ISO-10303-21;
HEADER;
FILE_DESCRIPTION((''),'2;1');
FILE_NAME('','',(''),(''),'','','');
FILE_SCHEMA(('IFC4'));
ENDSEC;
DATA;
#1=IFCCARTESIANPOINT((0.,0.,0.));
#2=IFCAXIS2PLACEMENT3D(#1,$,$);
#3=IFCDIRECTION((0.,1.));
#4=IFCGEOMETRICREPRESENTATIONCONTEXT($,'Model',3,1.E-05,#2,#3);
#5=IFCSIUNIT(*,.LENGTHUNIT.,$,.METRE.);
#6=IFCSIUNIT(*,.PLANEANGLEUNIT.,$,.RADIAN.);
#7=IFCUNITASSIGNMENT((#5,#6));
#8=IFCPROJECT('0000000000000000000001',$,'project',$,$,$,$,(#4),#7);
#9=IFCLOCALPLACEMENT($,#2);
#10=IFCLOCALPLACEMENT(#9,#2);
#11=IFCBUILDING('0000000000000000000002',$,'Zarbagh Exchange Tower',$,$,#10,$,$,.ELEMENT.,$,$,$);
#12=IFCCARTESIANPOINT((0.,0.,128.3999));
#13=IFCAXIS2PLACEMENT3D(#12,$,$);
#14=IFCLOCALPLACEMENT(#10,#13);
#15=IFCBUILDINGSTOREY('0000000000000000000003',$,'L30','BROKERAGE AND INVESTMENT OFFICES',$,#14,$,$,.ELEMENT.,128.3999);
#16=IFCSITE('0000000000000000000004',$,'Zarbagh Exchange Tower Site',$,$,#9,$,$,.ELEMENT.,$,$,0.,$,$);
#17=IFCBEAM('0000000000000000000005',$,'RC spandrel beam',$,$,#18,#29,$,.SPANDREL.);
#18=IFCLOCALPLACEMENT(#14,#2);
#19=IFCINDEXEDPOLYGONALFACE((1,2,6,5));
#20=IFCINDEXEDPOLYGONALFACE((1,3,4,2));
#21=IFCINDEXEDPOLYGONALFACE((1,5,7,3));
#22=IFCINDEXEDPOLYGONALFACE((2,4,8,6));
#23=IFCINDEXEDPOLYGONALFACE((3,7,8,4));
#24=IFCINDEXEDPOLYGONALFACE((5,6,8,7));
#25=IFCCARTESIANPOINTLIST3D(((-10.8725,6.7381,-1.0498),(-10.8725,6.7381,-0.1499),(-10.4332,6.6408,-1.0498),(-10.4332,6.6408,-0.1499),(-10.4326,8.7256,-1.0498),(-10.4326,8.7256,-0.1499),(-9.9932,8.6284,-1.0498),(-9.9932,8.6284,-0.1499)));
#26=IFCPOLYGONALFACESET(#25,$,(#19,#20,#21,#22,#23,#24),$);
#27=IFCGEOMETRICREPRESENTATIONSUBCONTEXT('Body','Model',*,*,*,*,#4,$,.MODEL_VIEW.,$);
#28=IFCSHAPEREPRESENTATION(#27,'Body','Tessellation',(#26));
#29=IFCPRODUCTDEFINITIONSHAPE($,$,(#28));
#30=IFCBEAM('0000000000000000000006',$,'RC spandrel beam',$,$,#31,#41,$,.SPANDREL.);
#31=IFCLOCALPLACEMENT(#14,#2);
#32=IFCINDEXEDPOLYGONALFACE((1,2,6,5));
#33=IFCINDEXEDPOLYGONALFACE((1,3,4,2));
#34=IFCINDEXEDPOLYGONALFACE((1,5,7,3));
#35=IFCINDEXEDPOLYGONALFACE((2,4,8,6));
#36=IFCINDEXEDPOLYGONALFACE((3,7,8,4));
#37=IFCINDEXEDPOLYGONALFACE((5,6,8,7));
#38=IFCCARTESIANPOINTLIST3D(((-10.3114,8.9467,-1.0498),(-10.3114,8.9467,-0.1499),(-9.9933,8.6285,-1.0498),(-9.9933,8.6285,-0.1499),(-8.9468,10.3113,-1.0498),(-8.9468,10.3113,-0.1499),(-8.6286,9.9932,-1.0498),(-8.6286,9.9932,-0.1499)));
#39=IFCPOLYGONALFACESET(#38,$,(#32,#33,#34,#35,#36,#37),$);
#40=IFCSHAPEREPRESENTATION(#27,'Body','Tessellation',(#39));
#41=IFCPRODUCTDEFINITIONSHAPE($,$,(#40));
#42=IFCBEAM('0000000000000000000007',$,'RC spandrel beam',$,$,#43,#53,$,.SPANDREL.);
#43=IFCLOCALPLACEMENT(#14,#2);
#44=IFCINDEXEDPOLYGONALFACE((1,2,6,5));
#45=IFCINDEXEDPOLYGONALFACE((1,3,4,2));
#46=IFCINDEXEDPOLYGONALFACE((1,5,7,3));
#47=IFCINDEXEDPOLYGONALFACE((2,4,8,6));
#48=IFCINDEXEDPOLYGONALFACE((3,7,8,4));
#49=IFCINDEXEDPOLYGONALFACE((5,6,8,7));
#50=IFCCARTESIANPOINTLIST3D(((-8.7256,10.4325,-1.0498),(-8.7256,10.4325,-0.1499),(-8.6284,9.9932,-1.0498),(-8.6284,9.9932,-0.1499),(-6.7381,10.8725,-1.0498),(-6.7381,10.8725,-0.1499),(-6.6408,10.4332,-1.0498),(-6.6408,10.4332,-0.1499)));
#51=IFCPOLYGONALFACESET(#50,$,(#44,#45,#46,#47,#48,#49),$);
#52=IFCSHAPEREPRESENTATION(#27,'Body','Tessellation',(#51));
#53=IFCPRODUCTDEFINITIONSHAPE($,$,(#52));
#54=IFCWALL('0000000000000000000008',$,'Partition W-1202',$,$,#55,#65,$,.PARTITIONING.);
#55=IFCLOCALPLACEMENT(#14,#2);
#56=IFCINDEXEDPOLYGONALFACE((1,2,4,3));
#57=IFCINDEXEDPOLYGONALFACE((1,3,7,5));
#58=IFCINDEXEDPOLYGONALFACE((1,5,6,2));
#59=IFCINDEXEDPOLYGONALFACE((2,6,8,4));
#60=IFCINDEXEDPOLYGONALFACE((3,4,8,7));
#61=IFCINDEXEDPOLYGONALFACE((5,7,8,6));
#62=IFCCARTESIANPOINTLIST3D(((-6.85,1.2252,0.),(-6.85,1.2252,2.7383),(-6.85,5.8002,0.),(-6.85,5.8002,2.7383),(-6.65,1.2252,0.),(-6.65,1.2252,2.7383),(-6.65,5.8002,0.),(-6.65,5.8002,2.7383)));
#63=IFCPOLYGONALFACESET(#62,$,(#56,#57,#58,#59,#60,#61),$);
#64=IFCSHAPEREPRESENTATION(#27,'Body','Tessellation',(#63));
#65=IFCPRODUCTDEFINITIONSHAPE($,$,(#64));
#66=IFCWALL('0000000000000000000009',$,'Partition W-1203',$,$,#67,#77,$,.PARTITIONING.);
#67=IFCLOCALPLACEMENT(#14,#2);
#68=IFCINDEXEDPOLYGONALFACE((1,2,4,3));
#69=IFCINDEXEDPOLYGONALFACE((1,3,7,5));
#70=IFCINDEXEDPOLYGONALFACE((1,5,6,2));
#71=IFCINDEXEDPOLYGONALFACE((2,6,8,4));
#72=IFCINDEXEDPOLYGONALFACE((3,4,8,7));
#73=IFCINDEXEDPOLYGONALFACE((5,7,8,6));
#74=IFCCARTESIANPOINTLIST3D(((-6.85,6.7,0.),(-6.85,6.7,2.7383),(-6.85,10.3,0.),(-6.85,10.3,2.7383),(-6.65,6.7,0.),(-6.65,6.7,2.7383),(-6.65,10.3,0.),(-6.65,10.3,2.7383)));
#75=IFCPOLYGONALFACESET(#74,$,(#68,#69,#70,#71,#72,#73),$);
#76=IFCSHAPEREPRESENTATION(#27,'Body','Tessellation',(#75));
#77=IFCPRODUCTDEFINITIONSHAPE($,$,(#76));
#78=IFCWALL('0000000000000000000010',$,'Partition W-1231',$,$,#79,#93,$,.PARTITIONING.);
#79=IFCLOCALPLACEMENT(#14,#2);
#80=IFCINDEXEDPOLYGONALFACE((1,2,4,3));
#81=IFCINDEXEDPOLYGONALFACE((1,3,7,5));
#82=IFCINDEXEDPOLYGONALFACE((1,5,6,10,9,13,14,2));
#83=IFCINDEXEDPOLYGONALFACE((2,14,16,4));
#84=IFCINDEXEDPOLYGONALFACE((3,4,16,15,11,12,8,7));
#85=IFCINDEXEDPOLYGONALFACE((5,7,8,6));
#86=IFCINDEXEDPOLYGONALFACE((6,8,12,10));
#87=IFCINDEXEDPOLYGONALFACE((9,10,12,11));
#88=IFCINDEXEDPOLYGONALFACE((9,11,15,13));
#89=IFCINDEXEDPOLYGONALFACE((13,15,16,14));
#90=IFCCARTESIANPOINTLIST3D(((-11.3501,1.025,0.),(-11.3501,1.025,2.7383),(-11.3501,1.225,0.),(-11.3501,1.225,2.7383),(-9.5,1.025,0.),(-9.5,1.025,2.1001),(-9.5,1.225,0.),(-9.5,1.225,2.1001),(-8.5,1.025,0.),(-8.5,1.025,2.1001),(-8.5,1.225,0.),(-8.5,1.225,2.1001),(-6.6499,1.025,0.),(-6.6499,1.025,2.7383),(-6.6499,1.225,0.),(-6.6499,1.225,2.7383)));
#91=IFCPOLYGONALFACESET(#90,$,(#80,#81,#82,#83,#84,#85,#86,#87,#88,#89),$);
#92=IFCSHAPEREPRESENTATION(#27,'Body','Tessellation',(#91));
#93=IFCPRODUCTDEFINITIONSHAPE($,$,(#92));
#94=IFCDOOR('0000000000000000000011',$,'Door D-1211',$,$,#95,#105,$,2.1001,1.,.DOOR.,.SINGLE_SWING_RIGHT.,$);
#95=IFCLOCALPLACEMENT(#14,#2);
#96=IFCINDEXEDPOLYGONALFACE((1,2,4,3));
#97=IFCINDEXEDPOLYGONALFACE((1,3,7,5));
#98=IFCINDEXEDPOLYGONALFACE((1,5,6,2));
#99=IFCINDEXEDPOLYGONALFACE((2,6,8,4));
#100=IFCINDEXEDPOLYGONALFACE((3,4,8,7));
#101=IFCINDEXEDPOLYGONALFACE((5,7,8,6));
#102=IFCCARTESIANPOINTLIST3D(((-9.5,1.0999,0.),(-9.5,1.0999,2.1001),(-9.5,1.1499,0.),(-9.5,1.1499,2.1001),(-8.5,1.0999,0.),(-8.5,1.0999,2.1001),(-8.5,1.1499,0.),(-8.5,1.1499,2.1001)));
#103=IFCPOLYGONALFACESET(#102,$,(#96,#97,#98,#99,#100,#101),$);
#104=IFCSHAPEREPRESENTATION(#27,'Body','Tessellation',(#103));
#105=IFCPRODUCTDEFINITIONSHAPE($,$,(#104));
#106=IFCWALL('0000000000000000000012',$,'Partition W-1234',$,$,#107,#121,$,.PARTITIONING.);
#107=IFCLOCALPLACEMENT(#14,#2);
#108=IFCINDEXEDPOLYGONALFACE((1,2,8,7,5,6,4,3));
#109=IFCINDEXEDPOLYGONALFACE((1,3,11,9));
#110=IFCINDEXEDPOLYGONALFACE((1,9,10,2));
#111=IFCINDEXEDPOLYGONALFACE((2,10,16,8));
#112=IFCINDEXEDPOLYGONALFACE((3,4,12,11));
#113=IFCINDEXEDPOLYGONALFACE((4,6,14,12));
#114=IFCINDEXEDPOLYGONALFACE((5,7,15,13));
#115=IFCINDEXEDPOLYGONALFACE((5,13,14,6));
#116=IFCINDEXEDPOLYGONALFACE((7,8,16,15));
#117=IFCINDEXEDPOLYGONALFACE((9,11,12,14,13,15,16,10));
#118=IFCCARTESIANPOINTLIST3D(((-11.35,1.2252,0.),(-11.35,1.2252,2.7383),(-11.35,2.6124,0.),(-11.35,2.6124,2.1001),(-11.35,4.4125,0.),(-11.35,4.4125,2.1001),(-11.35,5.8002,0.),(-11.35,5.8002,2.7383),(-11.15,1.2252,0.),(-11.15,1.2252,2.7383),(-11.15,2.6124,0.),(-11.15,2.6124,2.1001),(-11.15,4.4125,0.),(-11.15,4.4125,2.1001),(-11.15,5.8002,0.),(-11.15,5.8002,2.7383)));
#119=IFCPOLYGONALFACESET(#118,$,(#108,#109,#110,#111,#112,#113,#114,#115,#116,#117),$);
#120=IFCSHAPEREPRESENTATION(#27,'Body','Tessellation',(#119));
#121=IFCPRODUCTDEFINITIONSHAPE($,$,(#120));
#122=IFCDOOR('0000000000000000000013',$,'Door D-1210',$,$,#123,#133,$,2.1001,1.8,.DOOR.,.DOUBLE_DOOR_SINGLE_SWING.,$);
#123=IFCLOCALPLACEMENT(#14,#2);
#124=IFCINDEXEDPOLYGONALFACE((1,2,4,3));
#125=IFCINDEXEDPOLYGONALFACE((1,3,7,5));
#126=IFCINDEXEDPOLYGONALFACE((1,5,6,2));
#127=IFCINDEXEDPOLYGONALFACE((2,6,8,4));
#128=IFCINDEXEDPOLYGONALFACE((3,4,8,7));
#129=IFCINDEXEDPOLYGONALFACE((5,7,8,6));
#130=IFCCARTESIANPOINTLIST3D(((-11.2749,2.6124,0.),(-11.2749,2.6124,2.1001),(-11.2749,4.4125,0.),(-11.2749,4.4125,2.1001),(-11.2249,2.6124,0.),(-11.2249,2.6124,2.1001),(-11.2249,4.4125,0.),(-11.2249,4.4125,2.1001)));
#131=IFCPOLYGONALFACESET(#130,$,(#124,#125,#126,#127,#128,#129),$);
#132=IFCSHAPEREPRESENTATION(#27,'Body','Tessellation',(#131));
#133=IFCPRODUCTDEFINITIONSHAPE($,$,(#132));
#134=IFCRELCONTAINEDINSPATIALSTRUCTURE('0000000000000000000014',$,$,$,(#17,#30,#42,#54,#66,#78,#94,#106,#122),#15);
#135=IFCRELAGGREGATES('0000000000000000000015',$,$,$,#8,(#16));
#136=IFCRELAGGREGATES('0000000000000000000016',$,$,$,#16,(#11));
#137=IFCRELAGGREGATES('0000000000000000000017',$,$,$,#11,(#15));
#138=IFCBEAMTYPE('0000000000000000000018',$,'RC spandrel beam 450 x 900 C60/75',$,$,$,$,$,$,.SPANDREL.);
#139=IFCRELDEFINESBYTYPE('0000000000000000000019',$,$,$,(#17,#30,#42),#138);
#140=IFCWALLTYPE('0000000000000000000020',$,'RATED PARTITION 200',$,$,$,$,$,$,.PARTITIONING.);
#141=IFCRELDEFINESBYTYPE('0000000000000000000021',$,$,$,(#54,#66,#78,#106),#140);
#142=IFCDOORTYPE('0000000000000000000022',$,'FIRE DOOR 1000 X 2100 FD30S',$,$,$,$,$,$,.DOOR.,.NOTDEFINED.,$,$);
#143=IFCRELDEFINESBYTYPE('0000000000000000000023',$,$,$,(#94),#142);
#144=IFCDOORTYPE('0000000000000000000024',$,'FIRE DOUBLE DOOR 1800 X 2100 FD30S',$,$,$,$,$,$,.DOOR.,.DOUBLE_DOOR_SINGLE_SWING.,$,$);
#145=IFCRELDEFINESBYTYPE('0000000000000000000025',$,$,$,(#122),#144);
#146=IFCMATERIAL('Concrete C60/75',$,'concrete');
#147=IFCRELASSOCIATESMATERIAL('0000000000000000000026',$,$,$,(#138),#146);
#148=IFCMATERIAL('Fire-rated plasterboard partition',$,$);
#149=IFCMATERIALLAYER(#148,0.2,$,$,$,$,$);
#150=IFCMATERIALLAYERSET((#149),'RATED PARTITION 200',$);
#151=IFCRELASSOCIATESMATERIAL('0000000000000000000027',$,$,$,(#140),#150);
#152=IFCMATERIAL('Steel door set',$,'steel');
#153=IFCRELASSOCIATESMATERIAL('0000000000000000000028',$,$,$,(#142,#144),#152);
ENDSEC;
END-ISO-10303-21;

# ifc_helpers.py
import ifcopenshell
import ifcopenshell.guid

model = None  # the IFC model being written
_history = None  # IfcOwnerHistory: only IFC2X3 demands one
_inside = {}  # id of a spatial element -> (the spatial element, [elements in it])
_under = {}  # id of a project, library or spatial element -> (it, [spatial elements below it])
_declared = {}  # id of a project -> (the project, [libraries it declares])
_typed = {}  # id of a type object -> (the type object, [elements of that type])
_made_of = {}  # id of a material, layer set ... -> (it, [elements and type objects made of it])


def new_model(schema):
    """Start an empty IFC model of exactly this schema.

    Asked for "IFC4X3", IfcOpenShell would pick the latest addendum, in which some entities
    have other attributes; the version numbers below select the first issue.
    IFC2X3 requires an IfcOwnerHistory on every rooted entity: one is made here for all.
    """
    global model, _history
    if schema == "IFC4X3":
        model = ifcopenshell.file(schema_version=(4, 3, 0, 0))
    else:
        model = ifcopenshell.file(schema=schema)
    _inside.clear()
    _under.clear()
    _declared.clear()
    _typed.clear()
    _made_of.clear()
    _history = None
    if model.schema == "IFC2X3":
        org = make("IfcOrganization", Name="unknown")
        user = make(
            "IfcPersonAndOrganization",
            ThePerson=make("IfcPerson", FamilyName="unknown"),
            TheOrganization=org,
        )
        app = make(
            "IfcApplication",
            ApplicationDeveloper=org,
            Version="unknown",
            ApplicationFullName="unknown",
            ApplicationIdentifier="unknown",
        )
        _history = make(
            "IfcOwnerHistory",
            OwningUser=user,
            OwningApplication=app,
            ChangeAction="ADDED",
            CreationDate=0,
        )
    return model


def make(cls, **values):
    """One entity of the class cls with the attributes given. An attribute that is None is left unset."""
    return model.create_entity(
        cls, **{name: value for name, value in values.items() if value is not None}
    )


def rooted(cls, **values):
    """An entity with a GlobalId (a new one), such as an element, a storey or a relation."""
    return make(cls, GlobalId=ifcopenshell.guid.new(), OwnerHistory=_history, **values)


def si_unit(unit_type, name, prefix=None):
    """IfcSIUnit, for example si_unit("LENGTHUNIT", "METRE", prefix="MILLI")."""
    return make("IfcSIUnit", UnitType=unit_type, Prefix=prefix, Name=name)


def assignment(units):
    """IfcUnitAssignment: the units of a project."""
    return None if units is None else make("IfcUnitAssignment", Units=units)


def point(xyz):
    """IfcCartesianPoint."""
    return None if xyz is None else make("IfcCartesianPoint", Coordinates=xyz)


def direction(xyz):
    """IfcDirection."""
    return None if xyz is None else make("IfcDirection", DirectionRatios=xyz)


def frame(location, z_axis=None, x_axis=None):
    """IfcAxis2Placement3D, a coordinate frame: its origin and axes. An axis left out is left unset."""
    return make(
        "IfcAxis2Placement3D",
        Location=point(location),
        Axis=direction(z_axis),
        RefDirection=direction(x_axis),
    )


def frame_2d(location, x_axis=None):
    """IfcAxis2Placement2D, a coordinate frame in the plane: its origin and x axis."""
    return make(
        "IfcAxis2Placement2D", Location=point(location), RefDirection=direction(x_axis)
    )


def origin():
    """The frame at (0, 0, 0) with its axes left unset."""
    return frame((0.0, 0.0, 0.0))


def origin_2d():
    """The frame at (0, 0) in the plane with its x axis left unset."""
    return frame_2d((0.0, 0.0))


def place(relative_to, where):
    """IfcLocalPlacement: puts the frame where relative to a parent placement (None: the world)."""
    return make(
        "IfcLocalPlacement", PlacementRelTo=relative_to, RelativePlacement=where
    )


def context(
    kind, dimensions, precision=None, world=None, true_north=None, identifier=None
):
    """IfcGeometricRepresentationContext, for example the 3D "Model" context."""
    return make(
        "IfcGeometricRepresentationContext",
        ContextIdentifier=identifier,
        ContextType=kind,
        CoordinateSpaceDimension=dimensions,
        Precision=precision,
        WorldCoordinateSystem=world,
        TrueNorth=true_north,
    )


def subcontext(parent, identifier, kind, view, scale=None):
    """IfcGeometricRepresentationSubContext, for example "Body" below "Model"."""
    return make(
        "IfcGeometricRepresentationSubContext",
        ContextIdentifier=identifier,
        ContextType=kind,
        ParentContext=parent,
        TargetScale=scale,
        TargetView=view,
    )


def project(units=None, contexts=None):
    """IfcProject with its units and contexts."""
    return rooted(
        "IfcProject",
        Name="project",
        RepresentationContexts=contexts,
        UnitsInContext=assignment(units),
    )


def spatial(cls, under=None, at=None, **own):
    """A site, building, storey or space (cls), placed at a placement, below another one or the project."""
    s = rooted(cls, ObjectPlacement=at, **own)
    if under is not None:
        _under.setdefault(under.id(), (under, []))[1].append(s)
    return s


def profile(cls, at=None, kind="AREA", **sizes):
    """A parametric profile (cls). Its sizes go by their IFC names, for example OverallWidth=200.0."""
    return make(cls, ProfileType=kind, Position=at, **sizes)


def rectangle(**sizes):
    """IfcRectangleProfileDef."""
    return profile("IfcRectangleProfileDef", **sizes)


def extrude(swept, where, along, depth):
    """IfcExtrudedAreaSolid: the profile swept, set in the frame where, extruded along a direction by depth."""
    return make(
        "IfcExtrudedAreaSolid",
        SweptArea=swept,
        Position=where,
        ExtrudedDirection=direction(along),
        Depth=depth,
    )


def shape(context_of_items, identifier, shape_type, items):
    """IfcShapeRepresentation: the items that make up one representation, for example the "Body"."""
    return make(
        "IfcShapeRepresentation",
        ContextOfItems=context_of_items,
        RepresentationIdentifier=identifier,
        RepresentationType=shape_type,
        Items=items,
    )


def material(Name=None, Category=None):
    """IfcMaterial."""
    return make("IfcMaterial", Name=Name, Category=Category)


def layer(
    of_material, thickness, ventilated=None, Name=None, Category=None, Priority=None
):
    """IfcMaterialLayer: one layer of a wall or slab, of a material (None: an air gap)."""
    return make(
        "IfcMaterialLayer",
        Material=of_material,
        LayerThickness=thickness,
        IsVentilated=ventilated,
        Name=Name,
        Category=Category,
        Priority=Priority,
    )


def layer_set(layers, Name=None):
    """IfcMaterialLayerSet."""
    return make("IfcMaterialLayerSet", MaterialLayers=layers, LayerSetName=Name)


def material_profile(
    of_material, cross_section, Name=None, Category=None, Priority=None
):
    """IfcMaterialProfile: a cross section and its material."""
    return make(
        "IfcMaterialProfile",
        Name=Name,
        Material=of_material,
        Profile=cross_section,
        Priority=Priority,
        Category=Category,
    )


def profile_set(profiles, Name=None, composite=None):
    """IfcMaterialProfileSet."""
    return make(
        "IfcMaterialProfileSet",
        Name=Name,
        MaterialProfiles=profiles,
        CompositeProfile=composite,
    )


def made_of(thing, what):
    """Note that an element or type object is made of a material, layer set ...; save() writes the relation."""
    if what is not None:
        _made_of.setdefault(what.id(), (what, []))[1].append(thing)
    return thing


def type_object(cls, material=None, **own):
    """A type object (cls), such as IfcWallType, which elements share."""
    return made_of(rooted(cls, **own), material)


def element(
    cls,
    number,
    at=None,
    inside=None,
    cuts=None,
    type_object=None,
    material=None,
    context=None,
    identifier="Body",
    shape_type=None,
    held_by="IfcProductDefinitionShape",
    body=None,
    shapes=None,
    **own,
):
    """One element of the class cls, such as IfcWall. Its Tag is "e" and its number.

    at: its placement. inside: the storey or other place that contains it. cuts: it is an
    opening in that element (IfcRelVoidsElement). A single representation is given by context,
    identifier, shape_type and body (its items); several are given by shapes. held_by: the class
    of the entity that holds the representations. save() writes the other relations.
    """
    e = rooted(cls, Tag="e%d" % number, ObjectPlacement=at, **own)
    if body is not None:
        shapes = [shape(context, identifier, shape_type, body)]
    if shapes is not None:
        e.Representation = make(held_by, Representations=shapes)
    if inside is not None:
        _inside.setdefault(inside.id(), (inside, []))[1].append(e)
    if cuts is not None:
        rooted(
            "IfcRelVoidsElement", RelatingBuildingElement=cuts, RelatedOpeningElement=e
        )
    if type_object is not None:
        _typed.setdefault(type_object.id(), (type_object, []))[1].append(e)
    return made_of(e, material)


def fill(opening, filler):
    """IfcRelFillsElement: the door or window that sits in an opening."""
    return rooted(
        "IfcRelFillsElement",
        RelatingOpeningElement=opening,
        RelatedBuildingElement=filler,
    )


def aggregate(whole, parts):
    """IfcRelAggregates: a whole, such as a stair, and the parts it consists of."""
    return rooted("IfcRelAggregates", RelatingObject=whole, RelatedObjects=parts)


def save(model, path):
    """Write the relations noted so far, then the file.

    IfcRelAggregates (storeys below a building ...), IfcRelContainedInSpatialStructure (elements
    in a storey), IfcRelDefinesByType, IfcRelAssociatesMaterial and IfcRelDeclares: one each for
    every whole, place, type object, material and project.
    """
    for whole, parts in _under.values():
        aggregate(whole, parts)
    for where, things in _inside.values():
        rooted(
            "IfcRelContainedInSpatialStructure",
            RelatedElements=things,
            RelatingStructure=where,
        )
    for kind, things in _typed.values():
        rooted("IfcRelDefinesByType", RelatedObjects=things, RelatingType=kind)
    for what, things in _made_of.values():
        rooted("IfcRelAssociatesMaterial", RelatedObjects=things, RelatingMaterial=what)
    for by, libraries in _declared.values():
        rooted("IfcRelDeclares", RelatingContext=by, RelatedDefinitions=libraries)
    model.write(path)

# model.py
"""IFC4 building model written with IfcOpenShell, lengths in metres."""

from ifc_helpers import new_model, si_unit, direction, frame, frame_2d, origin, origin_2d, place, context, subcontext, project, spatial, rectangle, extrude, material, layer, layer_set, material_profile, profile_set, type_object, element, fill, save


model = new_model("IFC4")

# Units and contexts
model_context = context("Model", 3, precision=1e-05, world=origin(), true_north=direction((0.0, 1.0)))
body_context = subcontext(model_context, "Body", "Model", "MODEL_VIEW")
ifc_project = project(units=[si_unit("LENGTHUNIT", "METRE"), si_unit("PLANEANGLEUNIT", "RADIAN")], contexts=[model_context])

# Site, building, storey
site_placement = place(None, origin())
site = spatial("IfcSite", under=ifc_project, at=site_placement, Name="Zarbagh Exchange Tower Site", CompositionType="ELEMENT", RefElevation=0.0)
building_placement = place(site_placement, origin())
building = spatial("IfcBuilding", under=site, at=building_placement, Name="Zarbagh Exchange Tower", CompositionType="ELEMENT")
storey_placement = place(building_placement, frame((0.0, 0.0, 128.3999)))
storey = spatial("IfcBuildingStorey", under=building, at=storey_placement, Name="L30", Description="BROKERAGE AND INVESTMENT OFFICES", CompositionType="ELEMENT", Elevation=128.3999)

# Shared definitions
ifc_material_1 = material(Name="Concrete C60/75", Category="concrete")

# Beams
ifc_material_profile_1 = material_profile(ifc_material_1, rectangle(XDim=0.45, YDim=0.8999, at=origin_2d()), Name="RC spandrel beam 450 x 900 C60/75")
ifc_profile_set_1 = profile_set([ifc_material_profile_1], Name="Concrete C60/75")
beam_type_1 = type_object("IfcBeamType", Name="RC spandrel beam 450 x 900 C60/75", PredefinedType="SPANDREL", material=ifc_profile_set_1)
beam_1_placement = place(storey_placement, frame((-10.6528, 6.6895, -0.5999), z_axis=(0.216118, 0.976367, 0.0), x_axis=(-0.976367, 0.216118, 0.0)))
element("IfcBeam", 1, at=beam_1_placement, inside=storey, type_object=beam_type_1, Name="RC spandrel beam", PredefinedType="SPANDREL", context=body_context, shape_type="SweptSolid", body=[
    extrude(rectangle(XDim=0.45, YDim=0.8999, at=origin_2d()), origin(), (0.0, 0.0, 1.0), 2.0356),
])
beam_2_placement = place(storey_placement, frame((-10.1523, 8.7876, -0.5999), z_axis=(0.707107, 0.707107, 0.0), x_axis=(-0.707107, 0.707107, 0.0)))
element("IfcBeam", 2, at=beam_2_placement, inside=storey, type_object=beam_type_1, Name="RC spandrel beam", PredefinedType="SPANDREL", context=body_context, shape_type="SweptSolid", body=[
    extrude(rectangle(XDim=0.45, YDim=0.8999, at=origin_2d()), origin(), (0.0, 0.0, 1.0), 1.9299),
])
beam_3_placement = place(storey_placement, frame((-8.677, 10.2129, -0.5999), z_axis=(0.976367, 0.216118, 0.0), x_axis=(-0.216118, 0.976367, 0.0)))
element("IfcBeam", 3, at=beam_3_placement, inside=storey, type_object=beam_type_1, Name="RC spandrel beam", PredefinedType="SPANDREL", context=body_context, shape_type="SweptSolid", body=[
    extrude(rectangle(XDim=0.45, YDim=0.8999, at=origin_2d()), origin(), (0.0, 0.0, 1.0), 2.0356),
])

# Walls
ifc_material_2 = material(Name="Fire-rated plasterboard partition")
ifc_layer = layer(ifc_material_2, 0.2)
ifc_layer_set = layer_set([ifc_layer], Name="RATED PARTITION 200")
wall_type = type_object("IfcWallType", Name="RATED PARTITION 200", PredefinedType="PARTITIONING", material=ifc_layer_set)
wall_1_placement = place(storey_placement, frame((-6.75, 1.2251, 0.0), z_axis=(0.0, 0.0, 1.0), x_axis=(0.0, 1.0, 0.0)))
element("IfcWall", 4, at=wall_1_placement, inside=storey, type_object=wall_type, Name="Partition W-1202", PredefinedType="PARTITIONING", context=body_context, shape_type="SweptSolid", body=[
    extrude(rectangle(XDim=4.575, YDim=0.2, at=frame_2d((2.2876, 0.0))), origin(), (0.0, 0.0, 1.0), 2.7383),
])
wall_2_placement = place(storey_placement, frame((-6.75, 6.7, 0.0), z_axis=(0.0, 0.0, 1.0), x_axis=(0.0, 1.0, 0.0)))
element("IfcWall", 5, at=wall_2_placement, inside=storey, type_object=wall_type, Name="Partition W-1203", PredefinedType="PARTITIONING", context=body_context, shape_type="SweptSolid", body=[
    extrude(rectangle(XDim=3.6001, YDim=0.2, at=frame_2d((1.8, 0.0))), origin(), (0.0, 0.0, 1.0), 2.7383),
])

# Walls, openings, doors
wall_3_placement = place(storey_placement, frame((-11.3501, 1.125, 0.0), z_axis=(0.0, 0.0, 1.0), x_axis=(1.0, 0.0, 0.0)))
wall_3 = element("IfcWall", 6, at=wall_3_placement, inside=storey, type_object=wall_type, Name="Partition W-1231", PredefinedType="PARTITIONING", context=body_context, shape_type="SweptSolid", body=[
    extrude(rectangle(XDim=4.7002, YDim=0.2, at=frame_2d((2.3501, 0.0))), origin(), (0.0, 0.0, 1.0), 2.7383),
])
opening_1_placement = place(wall_3_placement, frame((1.8501, 0.0, 0.0)))
opening_1 = element("IfcOpeningElement", 7, at=opening_1_placement, cuts=wall_3, PredefinedType="OPENING", context=body_context, shape_type="SweptSolid", body=[
    extrude(rectangle(XDim=1.0, YDim=2.1001, at=frame_2d((0.5, 1.05))), frame((0.0, 0.1099, 0.0), z_axis=(0.0, -1.0, 0.0), x_axis=(1.0, 0.0, 0.0)), (0.0, 0.0, 1.0), 0.22),
])
ifc_material_3 = material(Name="Steel door set", Category="steel")
door_type_1 = type_object("IfcDoorType", Name="FIRE DOOR 1000 X 2100 FD30S", OperationType="NOTDEFINED", PredefinedType="DOOR", material=ifc_material_3)
door_1_placement = place(opening_1_placement, origin())
door_1 = element("IfcDoor", 8, at=door_1_placement, inside=storey, type_object=door_type_1, Name="Door D-1211", OperationType="SINGLE_SWING_RIGHT", OverallHeight=2.1001, OverallWidth=1.0, PredefinedType="DOOR", context=body_context, shape_type="SweptSolid", body=[
    extrude(rectangle(XDim=1.0, YDim=2.1001, at=frame_2d((0.5, 1.05))), frame((0.0, 0.0249, 0.0), z_axis=(0.0, -1.0, 0.0), x_axis=(1.0, 0.0, 0.0)), (0.0, 0.0, 1.0), 0.05),
])
fill(opening_1, door_1)
wall_4_placement = place(storey_placement, frame((-11.25, 1.2251, 0.0), z_axis=(0.0, 0.0, 1.0), x_axis=(0.0, 1.0, 0.0)))
wall_4 = element("IfcWall", 9, at=wall_4_placement, inside=storey, type_object=wall_type, Name="Partition W-1234", PredefinedType="PARTITIONING", context=body_context, shape_type="SweptSolid", body=[
    extrude(rectangle(XDim=4.575, YDim=0.2, at=frame_2d((2.2876, 0.0))), origin(), (0.0, 0.0, 1.0), 2.7383),
])
opening_2_placement = place(wall_4_placement, frame((1.3875, 0.0, 0.0)))
opening_2 = element("IfcOpeningElement", 10, at=opening_2_placement, cuts=wall_4, PredefinedType="OPENING", context=body_context, shape_type="SweptSolid", body=[
    extrude(rectangle(XDim=1.8, YDim=2.1001, at=frame_2d((0.8999, 1.05))), frame((0.0, 0.1099, 0.0), z_axis=(0.0, -1.0, 0.0), x_axis=(1.0, 0.0, 0.0)), (0.0, 0.0, 1.0), 0.22),
])
door_type_2 = type_object("IfcDoorType", Name="FIRE DOUBLE DOOR 1800 X 2100 FD30S", OperationType="DOUBLE_DOOR_SINGLE_SWING", PredefinedType="DOOR", material=ifc_material_3)
door_2_placement = place(opening_2_placement, origin())
door_2 = element("IfcDoor", 11, at=door_2_placement, inside=storey, type_object=door_type_2, Name="Door D-1210", OperationType="DOUBLE_DOOR_SINGLE_SWING", OverallHeight=2.1001, OverallWidth=1.8, PredefinedType="DOOR", context=body_context, shape_type="SweptSolid", body=[
    extrude(rectangle(XDim=1.8, YDim=2.1001, at=frame_2d((0.8999, 1.05))), frame((0.0, 0.0249, 0.0), z_axis=(0.0, -1.0, 0.0), x_axis=(1.0, 0.0, 0.0)), (0.0, 0.0, 1.0), 0.05),
])
fill(opening_2, door_2)

save(model, "model.ifc")
